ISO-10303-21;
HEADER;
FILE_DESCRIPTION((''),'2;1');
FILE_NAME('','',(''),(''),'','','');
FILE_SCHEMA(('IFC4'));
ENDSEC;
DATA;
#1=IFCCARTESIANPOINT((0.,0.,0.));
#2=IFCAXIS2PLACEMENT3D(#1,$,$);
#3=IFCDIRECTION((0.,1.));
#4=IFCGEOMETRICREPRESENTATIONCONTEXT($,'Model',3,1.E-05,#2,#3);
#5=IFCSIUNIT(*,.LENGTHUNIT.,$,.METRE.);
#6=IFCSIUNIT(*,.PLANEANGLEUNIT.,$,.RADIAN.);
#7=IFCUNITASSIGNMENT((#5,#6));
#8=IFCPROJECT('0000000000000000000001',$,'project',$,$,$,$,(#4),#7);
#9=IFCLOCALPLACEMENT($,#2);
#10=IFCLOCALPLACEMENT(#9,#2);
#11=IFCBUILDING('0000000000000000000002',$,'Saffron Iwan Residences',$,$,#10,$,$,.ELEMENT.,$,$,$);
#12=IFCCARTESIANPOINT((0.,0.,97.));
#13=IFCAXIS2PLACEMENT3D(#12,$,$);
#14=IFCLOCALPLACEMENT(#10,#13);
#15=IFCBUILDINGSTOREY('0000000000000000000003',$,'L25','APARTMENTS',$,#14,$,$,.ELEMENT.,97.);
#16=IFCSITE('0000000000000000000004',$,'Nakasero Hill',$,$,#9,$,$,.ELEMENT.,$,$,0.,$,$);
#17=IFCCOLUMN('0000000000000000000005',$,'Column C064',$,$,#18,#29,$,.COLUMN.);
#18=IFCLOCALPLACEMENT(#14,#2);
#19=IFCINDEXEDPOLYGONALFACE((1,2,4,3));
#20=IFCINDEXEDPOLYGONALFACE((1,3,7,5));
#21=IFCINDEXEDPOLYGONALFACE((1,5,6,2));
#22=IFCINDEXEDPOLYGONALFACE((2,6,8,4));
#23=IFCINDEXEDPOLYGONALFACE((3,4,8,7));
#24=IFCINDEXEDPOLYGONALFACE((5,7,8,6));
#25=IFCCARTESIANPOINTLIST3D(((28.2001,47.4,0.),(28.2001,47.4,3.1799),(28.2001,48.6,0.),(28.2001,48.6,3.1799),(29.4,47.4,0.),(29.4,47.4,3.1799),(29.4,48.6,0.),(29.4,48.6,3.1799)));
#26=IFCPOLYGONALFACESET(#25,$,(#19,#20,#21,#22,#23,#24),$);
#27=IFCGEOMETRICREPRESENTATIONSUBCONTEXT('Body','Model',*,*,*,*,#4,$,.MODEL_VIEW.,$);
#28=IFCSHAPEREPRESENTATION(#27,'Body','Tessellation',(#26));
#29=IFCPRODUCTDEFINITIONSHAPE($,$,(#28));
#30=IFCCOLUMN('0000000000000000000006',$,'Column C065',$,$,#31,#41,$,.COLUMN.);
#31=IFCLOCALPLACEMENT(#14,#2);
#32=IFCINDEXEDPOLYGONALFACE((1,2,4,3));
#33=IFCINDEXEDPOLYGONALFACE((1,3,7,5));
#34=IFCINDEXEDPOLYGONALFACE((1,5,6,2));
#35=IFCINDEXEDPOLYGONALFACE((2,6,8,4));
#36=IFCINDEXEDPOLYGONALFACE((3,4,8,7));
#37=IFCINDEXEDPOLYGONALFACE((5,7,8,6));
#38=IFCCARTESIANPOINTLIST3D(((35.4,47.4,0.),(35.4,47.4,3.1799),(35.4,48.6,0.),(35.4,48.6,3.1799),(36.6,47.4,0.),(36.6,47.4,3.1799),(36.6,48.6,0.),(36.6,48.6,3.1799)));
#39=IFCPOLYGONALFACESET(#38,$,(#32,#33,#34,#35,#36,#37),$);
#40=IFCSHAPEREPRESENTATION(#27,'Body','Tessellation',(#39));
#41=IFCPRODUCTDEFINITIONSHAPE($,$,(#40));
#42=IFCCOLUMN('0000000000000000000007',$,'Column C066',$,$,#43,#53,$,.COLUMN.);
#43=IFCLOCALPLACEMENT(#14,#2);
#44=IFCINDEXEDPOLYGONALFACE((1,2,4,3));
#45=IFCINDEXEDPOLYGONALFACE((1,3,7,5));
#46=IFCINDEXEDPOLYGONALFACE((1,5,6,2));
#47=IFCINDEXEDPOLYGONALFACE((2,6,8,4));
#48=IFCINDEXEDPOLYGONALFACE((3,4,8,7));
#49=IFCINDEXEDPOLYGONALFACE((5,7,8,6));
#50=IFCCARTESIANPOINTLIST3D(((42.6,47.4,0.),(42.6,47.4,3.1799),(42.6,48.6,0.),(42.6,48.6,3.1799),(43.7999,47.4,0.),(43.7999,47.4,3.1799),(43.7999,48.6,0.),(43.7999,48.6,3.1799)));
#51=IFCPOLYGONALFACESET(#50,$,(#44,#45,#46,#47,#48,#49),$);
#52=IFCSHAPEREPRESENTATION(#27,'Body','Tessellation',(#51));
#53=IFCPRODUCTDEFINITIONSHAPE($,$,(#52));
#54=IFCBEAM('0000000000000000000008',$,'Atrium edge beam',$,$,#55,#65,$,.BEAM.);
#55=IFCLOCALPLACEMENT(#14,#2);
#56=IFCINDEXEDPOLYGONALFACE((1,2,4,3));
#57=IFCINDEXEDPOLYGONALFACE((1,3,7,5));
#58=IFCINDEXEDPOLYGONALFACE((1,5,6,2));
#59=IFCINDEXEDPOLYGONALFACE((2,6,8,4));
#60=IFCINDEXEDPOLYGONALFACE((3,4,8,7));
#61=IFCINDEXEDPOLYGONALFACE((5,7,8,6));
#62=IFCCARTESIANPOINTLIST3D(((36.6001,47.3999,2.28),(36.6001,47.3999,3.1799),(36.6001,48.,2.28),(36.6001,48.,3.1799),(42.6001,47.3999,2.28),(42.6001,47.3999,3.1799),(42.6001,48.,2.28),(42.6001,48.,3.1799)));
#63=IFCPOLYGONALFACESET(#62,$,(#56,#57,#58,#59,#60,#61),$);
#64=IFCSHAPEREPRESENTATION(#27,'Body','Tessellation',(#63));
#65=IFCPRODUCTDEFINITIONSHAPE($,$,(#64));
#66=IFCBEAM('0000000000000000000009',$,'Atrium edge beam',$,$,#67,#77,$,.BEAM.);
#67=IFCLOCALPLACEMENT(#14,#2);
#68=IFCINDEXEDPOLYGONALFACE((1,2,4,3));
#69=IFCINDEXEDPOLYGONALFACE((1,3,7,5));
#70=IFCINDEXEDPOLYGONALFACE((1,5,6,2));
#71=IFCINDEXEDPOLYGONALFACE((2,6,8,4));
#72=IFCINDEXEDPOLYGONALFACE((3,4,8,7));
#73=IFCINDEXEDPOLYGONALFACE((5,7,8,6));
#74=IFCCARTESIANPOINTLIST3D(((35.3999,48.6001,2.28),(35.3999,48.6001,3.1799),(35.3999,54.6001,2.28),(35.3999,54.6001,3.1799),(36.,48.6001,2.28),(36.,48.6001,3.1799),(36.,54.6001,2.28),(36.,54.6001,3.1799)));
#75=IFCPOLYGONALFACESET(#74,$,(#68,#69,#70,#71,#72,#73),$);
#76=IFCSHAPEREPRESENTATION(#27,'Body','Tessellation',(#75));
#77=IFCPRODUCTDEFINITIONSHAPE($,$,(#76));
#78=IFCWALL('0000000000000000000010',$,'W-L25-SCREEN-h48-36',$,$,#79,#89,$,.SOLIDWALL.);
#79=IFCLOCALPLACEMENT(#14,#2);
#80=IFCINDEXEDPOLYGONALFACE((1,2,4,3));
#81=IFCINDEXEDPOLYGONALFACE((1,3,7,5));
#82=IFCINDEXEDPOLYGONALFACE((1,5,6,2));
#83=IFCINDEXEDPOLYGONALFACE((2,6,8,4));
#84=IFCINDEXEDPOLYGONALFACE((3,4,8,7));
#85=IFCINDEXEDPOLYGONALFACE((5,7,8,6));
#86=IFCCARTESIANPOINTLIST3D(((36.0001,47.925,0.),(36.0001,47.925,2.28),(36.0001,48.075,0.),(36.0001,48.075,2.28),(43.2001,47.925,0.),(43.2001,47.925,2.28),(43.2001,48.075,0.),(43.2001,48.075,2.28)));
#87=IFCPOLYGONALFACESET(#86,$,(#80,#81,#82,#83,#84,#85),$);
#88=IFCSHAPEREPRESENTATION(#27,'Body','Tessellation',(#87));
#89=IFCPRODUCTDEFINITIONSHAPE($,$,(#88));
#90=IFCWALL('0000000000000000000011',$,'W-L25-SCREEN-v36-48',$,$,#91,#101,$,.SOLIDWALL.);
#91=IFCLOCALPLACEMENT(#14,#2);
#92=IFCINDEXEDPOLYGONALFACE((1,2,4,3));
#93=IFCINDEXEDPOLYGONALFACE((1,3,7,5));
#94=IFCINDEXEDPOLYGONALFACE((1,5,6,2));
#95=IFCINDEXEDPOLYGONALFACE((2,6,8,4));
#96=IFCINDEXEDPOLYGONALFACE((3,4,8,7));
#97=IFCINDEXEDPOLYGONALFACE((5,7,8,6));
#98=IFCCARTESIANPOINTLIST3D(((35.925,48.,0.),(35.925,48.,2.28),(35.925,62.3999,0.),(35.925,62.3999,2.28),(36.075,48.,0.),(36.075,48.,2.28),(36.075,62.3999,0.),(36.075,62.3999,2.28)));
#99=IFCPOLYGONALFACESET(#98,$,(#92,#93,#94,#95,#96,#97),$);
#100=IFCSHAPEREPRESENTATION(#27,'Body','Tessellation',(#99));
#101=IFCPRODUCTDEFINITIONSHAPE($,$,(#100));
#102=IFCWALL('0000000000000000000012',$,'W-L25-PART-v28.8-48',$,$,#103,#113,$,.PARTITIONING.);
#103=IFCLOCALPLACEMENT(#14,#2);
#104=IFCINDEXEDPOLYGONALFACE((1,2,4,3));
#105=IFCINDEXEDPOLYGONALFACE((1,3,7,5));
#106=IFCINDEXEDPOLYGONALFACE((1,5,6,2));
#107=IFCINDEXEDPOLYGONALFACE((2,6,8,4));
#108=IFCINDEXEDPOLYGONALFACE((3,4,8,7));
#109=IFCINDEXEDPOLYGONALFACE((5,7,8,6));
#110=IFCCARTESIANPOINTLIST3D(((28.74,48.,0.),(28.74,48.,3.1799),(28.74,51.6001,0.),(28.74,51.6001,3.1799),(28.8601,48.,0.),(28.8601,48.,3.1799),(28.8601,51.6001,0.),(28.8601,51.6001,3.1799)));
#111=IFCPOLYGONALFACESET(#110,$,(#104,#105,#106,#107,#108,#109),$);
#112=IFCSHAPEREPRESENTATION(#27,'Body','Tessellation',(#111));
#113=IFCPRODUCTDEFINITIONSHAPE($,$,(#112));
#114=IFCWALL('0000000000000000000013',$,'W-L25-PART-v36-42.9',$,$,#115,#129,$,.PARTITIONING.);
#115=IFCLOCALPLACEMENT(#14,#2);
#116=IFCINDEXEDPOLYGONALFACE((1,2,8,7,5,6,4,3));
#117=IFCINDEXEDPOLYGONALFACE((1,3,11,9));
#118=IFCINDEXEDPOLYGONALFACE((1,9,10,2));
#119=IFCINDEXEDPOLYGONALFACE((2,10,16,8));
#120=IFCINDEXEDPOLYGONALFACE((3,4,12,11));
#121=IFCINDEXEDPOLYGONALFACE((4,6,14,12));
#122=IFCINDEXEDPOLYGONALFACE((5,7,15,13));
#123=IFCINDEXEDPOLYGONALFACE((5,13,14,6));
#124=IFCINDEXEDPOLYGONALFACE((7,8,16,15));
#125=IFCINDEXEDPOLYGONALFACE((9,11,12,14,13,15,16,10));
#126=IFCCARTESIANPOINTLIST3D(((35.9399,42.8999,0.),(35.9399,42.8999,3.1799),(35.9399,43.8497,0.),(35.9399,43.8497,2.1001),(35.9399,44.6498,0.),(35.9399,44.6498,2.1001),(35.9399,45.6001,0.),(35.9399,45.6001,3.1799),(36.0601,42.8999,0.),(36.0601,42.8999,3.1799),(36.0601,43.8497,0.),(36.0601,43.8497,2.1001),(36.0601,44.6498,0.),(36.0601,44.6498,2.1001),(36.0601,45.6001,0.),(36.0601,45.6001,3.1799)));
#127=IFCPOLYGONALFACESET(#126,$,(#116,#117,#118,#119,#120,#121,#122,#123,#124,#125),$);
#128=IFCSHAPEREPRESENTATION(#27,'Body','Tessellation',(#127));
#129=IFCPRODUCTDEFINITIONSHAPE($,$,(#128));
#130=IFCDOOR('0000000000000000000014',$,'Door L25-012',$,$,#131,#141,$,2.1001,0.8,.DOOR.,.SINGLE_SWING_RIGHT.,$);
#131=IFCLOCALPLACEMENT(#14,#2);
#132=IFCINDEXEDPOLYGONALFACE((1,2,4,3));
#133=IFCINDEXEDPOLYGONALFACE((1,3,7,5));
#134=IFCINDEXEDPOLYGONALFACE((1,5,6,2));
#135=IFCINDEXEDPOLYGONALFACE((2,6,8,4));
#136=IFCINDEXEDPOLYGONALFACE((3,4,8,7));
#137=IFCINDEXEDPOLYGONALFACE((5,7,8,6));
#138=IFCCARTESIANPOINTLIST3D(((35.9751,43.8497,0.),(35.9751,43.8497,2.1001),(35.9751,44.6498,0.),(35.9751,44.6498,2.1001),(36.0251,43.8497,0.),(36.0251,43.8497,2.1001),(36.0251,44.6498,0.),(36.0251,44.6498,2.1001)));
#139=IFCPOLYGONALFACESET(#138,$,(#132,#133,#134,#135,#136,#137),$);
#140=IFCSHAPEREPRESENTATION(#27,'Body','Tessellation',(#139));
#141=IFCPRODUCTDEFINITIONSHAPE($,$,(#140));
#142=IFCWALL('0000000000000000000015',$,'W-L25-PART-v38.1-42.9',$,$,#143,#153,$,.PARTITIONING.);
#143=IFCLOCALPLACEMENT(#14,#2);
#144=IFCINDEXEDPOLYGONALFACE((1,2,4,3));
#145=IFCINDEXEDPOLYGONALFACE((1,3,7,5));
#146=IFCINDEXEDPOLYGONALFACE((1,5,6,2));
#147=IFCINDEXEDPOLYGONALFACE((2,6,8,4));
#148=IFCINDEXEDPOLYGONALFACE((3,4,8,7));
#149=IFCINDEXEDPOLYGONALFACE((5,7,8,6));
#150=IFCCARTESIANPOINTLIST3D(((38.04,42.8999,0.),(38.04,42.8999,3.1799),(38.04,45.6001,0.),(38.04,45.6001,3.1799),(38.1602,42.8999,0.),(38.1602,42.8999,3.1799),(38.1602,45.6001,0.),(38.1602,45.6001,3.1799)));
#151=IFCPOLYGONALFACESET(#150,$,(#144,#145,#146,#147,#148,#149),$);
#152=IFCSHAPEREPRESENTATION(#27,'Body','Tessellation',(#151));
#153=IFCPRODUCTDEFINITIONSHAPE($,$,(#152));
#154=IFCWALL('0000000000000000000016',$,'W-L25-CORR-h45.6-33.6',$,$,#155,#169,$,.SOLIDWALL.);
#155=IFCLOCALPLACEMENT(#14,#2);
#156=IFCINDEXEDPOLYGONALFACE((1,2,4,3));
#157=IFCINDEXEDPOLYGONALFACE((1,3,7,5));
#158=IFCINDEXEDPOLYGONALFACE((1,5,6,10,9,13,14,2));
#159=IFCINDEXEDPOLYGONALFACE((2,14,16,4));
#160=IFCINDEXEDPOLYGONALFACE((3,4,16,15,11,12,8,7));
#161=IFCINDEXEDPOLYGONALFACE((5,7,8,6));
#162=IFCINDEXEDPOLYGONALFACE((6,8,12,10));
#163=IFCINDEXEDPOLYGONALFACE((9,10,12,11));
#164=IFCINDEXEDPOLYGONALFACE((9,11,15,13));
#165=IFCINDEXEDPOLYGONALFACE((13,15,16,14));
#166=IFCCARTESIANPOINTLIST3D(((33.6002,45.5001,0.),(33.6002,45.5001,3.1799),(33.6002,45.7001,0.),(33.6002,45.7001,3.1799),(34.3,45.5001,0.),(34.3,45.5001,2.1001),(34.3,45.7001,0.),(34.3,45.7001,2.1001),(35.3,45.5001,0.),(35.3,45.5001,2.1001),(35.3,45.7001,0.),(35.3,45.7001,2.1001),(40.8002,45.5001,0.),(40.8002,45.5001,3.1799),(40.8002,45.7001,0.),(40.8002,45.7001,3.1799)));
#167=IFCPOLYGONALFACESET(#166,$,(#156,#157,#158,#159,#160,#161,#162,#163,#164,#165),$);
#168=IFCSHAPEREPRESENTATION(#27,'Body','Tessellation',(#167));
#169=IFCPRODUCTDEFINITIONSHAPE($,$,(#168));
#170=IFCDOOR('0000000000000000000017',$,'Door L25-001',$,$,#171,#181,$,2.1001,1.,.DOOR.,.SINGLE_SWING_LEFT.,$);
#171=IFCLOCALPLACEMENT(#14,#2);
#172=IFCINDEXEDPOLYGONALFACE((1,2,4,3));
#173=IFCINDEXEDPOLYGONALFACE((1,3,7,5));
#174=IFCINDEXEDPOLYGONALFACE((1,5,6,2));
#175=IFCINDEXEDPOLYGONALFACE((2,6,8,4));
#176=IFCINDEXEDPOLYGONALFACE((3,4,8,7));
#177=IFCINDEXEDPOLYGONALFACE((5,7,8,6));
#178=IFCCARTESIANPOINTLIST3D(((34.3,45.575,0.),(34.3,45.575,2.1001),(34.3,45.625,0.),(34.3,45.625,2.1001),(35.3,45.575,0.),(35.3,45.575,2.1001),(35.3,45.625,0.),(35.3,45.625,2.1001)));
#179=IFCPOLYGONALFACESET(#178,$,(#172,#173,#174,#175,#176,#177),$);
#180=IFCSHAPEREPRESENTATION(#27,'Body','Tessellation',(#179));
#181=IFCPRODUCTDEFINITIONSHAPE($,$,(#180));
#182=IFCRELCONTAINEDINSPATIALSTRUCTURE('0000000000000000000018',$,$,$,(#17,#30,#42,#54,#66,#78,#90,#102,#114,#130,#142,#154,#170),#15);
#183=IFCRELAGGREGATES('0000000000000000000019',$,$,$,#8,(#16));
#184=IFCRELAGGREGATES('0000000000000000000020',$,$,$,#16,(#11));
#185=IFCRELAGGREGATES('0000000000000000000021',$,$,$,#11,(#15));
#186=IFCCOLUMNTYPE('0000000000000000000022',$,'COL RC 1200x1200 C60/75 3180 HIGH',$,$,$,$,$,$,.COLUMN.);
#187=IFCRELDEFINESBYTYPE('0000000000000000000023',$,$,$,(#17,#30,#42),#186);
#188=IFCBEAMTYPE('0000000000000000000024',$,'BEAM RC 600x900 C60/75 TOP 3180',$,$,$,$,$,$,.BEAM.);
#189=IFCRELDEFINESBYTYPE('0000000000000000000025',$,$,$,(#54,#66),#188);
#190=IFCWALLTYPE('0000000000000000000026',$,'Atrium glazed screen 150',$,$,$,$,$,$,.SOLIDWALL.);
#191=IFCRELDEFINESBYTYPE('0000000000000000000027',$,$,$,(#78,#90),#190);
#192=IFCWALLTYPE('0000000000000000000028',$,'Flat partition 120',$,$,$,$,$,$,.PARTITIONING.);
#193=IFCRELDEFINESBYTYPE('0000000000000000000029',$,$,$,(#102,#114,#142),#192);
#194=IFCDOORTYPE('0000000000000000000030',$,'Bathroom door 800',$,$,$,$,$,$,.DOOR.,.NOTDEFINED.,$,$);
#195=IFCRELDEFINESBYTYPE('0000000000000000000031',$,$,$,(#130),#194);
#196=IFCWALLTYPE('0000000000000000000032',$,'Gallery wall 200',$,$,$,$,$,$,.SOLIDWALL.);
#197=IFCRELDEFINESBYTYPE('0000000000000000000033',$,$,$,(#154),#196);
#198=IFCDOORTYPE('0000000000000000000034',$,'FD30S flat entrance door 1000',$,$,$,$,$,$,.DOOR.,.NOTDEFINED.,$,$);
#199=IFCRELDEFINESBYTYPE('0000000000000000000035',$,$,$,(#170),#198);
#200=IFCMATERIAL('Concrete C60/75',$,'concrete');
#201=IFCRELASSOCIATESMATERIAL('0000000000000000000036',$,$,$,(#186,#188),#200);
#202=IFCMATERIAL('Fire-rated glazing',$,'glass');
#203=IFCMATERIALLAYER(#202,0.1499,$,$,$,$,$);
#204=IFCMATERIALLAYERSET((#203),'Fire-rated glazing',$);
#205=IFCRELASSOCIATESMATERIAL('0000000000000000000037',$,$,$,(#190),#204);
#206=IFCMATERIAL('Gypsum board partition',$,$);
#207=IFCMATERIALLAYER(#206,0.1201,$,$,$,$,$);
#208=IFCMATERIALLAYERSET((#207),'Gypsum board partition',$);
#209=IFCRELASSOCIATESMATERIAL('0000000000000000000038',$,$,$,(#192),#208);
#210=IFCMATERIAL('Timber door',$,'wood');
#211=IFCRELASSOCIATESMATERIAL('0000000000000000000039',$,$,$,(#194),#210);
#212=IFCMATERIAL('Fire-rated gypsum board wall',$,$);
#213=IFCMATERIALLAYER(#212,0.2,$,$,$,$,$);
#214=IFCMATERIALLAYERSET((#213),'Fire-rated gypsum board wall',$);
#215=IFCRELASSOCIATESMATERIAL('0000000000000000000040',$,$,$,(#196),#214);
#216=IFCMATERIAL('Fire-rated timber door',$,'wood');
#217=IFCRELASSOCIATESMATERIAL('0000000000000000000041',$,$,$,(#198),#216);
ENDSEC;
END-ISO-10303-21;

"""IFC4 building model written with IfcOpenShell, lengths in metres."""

from ifc_helpers import new_model, si_unit, direction, frame, frame_2d, origin, origin_2d, place, context, subcontext, project, spatial, rectangle, extrude, source, transform, mapped, material, layer, layer_set, material_profile, profile_set, type_object, element, fill, save


model = new_model("IFC4")

# Units and contexts
model_context = context("Model", 3, precision=1e-05, world=origin(), true_north=direction((0.0, 1.0)))
body_context = subcontext(model_context, "Body", "Model", "MODEL_VIEW")
ifc_project = project(units=[si_unit("LENGTHUNIT", "METRE"), si_unit("PLANEANGLEUNIT", "RADIAN")], contexts=[model_context])

# Site, building, storey
site_placement = place(None, origin())
site = spatial("IfcSite", under=ifc_project, at=site_placement, Name="Nakasero Hill", CompositionType="ELEMENT", RefElevation=0.0)
building_placement = place(site_placement, origin())
building = spatial("IfcBuilding", under=site, at=building_placement, Name="Saffron Iwan Residences", CompositionType="ELEMENT")
storey_placement = place(building_placement, frame((0.0, 0.0, 97.0)))
storey = spatial("IfcBuildingStorey", under=building, at=storey_placement, Name="L25", Description="APARTMENTS", CompositionType="ELEMENT", Elevation=97.0)

# Columns
ifc_material_1 = material(Name="Concrete C60/75", Category="concrete")
ifc_material_profile_1 = material_profile(ifc_material_1, rectangle(XDim=1.2, YDim=1.2, at=origin_2d()), Name="RC 1200x1200")
ifc_profile_set_1 = profile_set([ifc_material_profile_1], Name="Concrete C60/75")
column_type = type_object("IfcColumnType", Name="COL RC 1200x1200 C60/75 3180 HIGH", PredefinedType="COLUMN", material=ifc_profile_set_1)
shared_shape_1 = source(origin(), body_context, "Body", "SweptSolid", [
    extrude(rectangle(XDim=1.2, YDim=1.2, at=origin_2d()), origin(), (0.0, 0.0, 1.0), 3.1799),
])
for number, where, z_axis, x_axis, name in (
    (1, (28.8, 48.0, 0.0), (0.0, 0.0, 1.0), (1.0, 0.0, 0.0), "Column C064"),
    (2, (36.0, 48.0, 0.0), (0.0, 0.0, 1.0), (1.0, 0.0, 0.0), "Column C065"),
    (3, (43.2, 48.0, 0.0), (0.0, 0.0, 1.0), (1.0, 0.0, 0.0), "Column C066"),
):
    element("IfcColumn", number, at=place(storey_placement, frame(where, z_axis=z_axis, x_axis=x_axis)), inside=storey, type_object=column_type, Name=name, PredefinedType="COLUMN", context=body_context, shape_type="MappedRepresentation", body=[
        mapped(shared_shape_1, transform((0.0, 0.0, 0.0))),
    ])

# Beams
ifc_material_profile_2 = material_profile(ifc_material_1, rectangle(XDim=0.6001, YDim=0.8999, at=origin_2d()), Name="RC 600x900")
ifc_profile_set_2 = profile_set([ifc_material_profile_2], Name="Concrete C60/75")
beam_type = type_object("IfcBeamType", Name="BEAM RC 600x900 C60/75 TOP 3180", PredefinedType="BEAM", material=ifc_profile_set_2)
shared_shape_2 = source(origin(), body_context, "Body", "SweptSolid", [
    extrude(rectangle(XDim=0.6001, YDim=0.8999, at=origin_2d()), origin(), (0.0, 0.0, 1.0), 6.0),
])
for number, where, z_axis, x_axis, name in (
    (4, (42.6001, 47.7, 2.73), (-1.0, 0.0, 0.0), (0.0, -1.0, 0.0), "Atrium edge beam"),
    (5, (35.7, 48.6001, 2.73), (0.0, 1.0, 0.0), (-1.0, 0.0, 0.0), "Atrium edge beam"),
):
    element("IfcBeam", number, at=place(storey_placement, frame(where, z_axis=z_axis, x_axis=x_axis)), inside=storey, type_object=beam_type, Name=name, PredefinedType="BEAM", context=body_context, shape_type="MappedRepresentation", body=[
        mapped(shared_shape_2, transform((0.0, 0.0, 0.0))),
    ])

# Walls
ifc_material_2 = material(Name="Fire-rated glazing", Category="glass")
ifc_layer_1 = layer(ifc_material_2, 0.1499)
ifc_layer_set_1 = layer_set([ifc_layer_1], Name="Fire-rated glazing")
wall_type_1 = type_object("IfcWallType", Name="Atrium glazed screen 150", PredefinedType="SOLIDWALL", material=ifc_layer_set_1)
wall_1_placement = place(storey_placement, frame((36.0, 48.0, 0.0), z_axis=(0.0, 0.0, 1.0), x_axis=(1.0, 0.0, 0.0)))
element("IfcWall", 6, at=wall_1_placement, inside=storey, type_object=wall_type_1, Name="W-L25-SCREEN-h48-36", PredefinedType="SOLIDWALL", context=body_context, shape_type="SweptSolid", body=[
    extrude(rectangle(XDim=7.2, YDim=0.1499, at=frame_2d((3.6001, 0.0))), origin(), (0.0, 0.0, 1.0), 2.28),
])
wall_2_placement = place(storey_placement, frame((36.0, 48.0, 0.0), z_axis=(0.0, 0.0, 1.0), x_axis=(0.0, 1.0, 0.0)))
element("IfcWall", 7, at=wall_2_placement, inside=storey, type_object=wall_type_1, Name="W-L25-SCREEN-v36-48", PredefinedType="SOLIDWALL", context=body_context, shape_type="SweptSolid", body=[
    extrude(rectangle(XDim=14.3999, YDim=0.1499, at=frame_2d((7.2, 0.0))), origin(), (0.0, 0.0, 1.0), 2.28),
])
ifc_material_3 = material(Name="Gypsum board partition")
ifc_layer_2 = layer(ifc_material_3, 0.1201)
ifc_layer_set_2 = layer_set([ifc_layer_2], Name="Gypsum board partition")
wall_type_2 = type_object("IfcWallType", Name="Flat partition 120", PredefinedType="PARTITIONING", material=ifc_layer_set_2)
wall_3_placement = place(storey_placement, frame((28.8, 48.0, 0.0), z_axis=(0.0, 0.0, 1.0), x_axis=(0.0, 1.0, 0.0)))
element("IfcWall", 8, at=wall_3_placement, inside=storey, type_object=wall_type_2, Name="W-L25-PART-v28.8-48", PredefinedType="PARTITIONING", context=body_context, shape_type="SweptSolid", body=[
    extrude(rectangle(XDim=3.6001, YDim=0.1201, at=frame_2d((1.8, 0.0))), origin(), (0.0, 0.0, 1.0), 3.1799),
])

# Wall, opening, door
wall_4_placement = place(storey_placement, frame((36.0, 42.8999, 0.0), z_axis=(0.0, 0.0, 1.0), x_axis=(0.0, 1.0, 0.0)))
wall_4 = element("IfcWall", 9, at=wall_4_placement, inside=storey, type_object=wall_type_2, Name="W-L25-PART-v36-42.9", PredefinedType="PARTITIONING", context=body_context, shape_type="SweptSolid", body=[
    extrude(rectangle(XDim=2.7002, YDim=0.1201, at=frame_2d((1.3501, 0.0))), origin(), (0.0, 0.0, 1.0), 3.1799),
])
opening_1_placement = place(wall_4_placement, frame((0.95, 0.0, 0.0)))
opening_1 = element("IfcOpeningElement", 10, at=opening_1_placement, cuts=wall_4, PredefinedType="OPENING", context=body_context, shape_type="SweptSolid", body=[
    extrude(rectangle(XDim=0.8, YDim=2.1001, at=frame_2d((0.3999, 1.05))), frame((0.0, 0.0701, 0.0), z_axis=(0.0, -1.0, 0.0), x_axis=(1.0, 0.0, 0.0)), (0.0, 0.0, 1.0), 0.1401),
])
ifc_material_4 = material(Name="Timber door", Category="wood")
door_type_1 = type_object("IfcDoorType", Name="Bathroom door 800", OperationType="NOTDEFINED", PredefinedType="DOOR", material=ifc_material_4)
door_1_placement = place(opening_1_placement, origin())
door_1 = element("IfcDoor", 11, at=door_1_placement, inside=storey, type_object=door_type_1, Name="Door L25-012", OperationType="SINGLE_SWING_RIGHT", OverallHeight=2.1001, OverallWidth=0.8, PredefinedType="DOOR", context=body_context, shape_type="SweptSolid", body=[
    extrude(rectangle(XDim=0.8, YDim=2.1001, at=frame_2d((0.3999, 1.05))), frame((0.0, 0.0249, 0.0), z_axis=(0.0, -1.0, 0.0), x_axis=(1.0, 0.0, 0.0)), (0.0, 0.0, 1.0), 0.05),
])
fill(opening_1, door_1)

# Wall
wall_5_placement = place(storey_placement, frame((38.1001, 42.8999, 0.0), z_axis=(0.0, 0.0, 1.0), x_axis=(0.0, 1.0, 0.0)))
element("IfcWall", 12, at=wall_5_placement, inside=storey, type_object=wall_type_2, Name="W-L25-PART-v38.1-42.9", PredefinedType="PARTITIONING", context=body_context, shape_type="SweptSolid", body=[
    extrude(rectangle(XDim=2.7002, YDim=0.1201, at=frame_2d((1.3501, 0.0))), origin(), (0.0, 0.0, 1.0), 3.1799),
])

# Wall, opening, door
ifc_material_5 = material(Name="Fire-rated gypsum board wall")
ifc_layer_3 = layer(ifc_material_5, 0.2)
ifc_layer_set_3 = layer_set([ifc_layer_3], Name="Fire-rated gypsum board wall")
wall_type_3 = type_object("IfcWallType", Name="Gallery wall 200", PredefinedType="SOLIDWALL", material=ifc_layer_set_3)
wall_6_placement = place(storey_placement, frame((33.6001, 45.6001, 0.0), z_axis=(0.0, 0.0, 1.0), x_axis=(1.0, 0.0, 0.0)))
wall_6 = element("IfcWall", 13, at=wall_6_placement, inside=storey, type_object=wall_type_3, Name="W-L25-CORR-h45.6-33.6", PredefinedType="SOLIDWALL", context=body_context, shape_type="SweptSolid", body=[
    extrude(rectangle(XDim=7.2, YDim=0.2, at=frame_2d((3.6001, 0.0))), origin(), (0.0, 0.0, 1.0), 3.1799),
])
opening_2_placement = place(wall_6_placement, frame((0.7, 0.0, 0.0)))
opening_2 = element("IfcOpeningElement", 14, at=opening_2_placement, cuts=wall_6, PredefinedType="OPENING", context=body_context, shape_type="SweptSolid", body=[
    extrude(rectangle(XDim=1.0, YDim=2.1001, at=frame_2d((0.5, 1.05))), frame((0.0, 0.1099, 0.0), z_axis=(0.0, -1.0, 0.0), x_axis=(1.0, 0.0, 0.0)), (0.0, 0.0, 1.0), 0.22),
])
ifc_material_6 = material(Name="Fire-rated timber door", Category="wood")
door_type_2 = type_object("IfcDoorType", Name="FD30S flat entrance door 1000", OperationType="NOTDEFINED", PredefinedType="DOOR", material=ifc_material_6)
door_2_placement = place(opening_2_placement, origin())
door_2 = element("IfcDoor", 15, at=door_2_placement, inside=storey, type_object=door_type_2, Name="Door L25-001", OperationType="SINGLE_SWING_LEFT", OverallHeight=2.1001, OverallWidth=1.0, PredefinedType="DOOR", context=body_context, shape_type="SweptSolid", body=[
    extrude(rectangle(XDim=1.0, YDim=2.1001, at=frame_2d((0.5, 1.05))), frame((0.0, 0.0249, 0.0), z_axis=(0.0, -1.0, 0.0), x_axis=(1.0, 0.0, 0.0)), (0.0, 0.0, 1.0), 0.05),
])
fill(opening_2, door_2)

save(model, "model.ifc")
